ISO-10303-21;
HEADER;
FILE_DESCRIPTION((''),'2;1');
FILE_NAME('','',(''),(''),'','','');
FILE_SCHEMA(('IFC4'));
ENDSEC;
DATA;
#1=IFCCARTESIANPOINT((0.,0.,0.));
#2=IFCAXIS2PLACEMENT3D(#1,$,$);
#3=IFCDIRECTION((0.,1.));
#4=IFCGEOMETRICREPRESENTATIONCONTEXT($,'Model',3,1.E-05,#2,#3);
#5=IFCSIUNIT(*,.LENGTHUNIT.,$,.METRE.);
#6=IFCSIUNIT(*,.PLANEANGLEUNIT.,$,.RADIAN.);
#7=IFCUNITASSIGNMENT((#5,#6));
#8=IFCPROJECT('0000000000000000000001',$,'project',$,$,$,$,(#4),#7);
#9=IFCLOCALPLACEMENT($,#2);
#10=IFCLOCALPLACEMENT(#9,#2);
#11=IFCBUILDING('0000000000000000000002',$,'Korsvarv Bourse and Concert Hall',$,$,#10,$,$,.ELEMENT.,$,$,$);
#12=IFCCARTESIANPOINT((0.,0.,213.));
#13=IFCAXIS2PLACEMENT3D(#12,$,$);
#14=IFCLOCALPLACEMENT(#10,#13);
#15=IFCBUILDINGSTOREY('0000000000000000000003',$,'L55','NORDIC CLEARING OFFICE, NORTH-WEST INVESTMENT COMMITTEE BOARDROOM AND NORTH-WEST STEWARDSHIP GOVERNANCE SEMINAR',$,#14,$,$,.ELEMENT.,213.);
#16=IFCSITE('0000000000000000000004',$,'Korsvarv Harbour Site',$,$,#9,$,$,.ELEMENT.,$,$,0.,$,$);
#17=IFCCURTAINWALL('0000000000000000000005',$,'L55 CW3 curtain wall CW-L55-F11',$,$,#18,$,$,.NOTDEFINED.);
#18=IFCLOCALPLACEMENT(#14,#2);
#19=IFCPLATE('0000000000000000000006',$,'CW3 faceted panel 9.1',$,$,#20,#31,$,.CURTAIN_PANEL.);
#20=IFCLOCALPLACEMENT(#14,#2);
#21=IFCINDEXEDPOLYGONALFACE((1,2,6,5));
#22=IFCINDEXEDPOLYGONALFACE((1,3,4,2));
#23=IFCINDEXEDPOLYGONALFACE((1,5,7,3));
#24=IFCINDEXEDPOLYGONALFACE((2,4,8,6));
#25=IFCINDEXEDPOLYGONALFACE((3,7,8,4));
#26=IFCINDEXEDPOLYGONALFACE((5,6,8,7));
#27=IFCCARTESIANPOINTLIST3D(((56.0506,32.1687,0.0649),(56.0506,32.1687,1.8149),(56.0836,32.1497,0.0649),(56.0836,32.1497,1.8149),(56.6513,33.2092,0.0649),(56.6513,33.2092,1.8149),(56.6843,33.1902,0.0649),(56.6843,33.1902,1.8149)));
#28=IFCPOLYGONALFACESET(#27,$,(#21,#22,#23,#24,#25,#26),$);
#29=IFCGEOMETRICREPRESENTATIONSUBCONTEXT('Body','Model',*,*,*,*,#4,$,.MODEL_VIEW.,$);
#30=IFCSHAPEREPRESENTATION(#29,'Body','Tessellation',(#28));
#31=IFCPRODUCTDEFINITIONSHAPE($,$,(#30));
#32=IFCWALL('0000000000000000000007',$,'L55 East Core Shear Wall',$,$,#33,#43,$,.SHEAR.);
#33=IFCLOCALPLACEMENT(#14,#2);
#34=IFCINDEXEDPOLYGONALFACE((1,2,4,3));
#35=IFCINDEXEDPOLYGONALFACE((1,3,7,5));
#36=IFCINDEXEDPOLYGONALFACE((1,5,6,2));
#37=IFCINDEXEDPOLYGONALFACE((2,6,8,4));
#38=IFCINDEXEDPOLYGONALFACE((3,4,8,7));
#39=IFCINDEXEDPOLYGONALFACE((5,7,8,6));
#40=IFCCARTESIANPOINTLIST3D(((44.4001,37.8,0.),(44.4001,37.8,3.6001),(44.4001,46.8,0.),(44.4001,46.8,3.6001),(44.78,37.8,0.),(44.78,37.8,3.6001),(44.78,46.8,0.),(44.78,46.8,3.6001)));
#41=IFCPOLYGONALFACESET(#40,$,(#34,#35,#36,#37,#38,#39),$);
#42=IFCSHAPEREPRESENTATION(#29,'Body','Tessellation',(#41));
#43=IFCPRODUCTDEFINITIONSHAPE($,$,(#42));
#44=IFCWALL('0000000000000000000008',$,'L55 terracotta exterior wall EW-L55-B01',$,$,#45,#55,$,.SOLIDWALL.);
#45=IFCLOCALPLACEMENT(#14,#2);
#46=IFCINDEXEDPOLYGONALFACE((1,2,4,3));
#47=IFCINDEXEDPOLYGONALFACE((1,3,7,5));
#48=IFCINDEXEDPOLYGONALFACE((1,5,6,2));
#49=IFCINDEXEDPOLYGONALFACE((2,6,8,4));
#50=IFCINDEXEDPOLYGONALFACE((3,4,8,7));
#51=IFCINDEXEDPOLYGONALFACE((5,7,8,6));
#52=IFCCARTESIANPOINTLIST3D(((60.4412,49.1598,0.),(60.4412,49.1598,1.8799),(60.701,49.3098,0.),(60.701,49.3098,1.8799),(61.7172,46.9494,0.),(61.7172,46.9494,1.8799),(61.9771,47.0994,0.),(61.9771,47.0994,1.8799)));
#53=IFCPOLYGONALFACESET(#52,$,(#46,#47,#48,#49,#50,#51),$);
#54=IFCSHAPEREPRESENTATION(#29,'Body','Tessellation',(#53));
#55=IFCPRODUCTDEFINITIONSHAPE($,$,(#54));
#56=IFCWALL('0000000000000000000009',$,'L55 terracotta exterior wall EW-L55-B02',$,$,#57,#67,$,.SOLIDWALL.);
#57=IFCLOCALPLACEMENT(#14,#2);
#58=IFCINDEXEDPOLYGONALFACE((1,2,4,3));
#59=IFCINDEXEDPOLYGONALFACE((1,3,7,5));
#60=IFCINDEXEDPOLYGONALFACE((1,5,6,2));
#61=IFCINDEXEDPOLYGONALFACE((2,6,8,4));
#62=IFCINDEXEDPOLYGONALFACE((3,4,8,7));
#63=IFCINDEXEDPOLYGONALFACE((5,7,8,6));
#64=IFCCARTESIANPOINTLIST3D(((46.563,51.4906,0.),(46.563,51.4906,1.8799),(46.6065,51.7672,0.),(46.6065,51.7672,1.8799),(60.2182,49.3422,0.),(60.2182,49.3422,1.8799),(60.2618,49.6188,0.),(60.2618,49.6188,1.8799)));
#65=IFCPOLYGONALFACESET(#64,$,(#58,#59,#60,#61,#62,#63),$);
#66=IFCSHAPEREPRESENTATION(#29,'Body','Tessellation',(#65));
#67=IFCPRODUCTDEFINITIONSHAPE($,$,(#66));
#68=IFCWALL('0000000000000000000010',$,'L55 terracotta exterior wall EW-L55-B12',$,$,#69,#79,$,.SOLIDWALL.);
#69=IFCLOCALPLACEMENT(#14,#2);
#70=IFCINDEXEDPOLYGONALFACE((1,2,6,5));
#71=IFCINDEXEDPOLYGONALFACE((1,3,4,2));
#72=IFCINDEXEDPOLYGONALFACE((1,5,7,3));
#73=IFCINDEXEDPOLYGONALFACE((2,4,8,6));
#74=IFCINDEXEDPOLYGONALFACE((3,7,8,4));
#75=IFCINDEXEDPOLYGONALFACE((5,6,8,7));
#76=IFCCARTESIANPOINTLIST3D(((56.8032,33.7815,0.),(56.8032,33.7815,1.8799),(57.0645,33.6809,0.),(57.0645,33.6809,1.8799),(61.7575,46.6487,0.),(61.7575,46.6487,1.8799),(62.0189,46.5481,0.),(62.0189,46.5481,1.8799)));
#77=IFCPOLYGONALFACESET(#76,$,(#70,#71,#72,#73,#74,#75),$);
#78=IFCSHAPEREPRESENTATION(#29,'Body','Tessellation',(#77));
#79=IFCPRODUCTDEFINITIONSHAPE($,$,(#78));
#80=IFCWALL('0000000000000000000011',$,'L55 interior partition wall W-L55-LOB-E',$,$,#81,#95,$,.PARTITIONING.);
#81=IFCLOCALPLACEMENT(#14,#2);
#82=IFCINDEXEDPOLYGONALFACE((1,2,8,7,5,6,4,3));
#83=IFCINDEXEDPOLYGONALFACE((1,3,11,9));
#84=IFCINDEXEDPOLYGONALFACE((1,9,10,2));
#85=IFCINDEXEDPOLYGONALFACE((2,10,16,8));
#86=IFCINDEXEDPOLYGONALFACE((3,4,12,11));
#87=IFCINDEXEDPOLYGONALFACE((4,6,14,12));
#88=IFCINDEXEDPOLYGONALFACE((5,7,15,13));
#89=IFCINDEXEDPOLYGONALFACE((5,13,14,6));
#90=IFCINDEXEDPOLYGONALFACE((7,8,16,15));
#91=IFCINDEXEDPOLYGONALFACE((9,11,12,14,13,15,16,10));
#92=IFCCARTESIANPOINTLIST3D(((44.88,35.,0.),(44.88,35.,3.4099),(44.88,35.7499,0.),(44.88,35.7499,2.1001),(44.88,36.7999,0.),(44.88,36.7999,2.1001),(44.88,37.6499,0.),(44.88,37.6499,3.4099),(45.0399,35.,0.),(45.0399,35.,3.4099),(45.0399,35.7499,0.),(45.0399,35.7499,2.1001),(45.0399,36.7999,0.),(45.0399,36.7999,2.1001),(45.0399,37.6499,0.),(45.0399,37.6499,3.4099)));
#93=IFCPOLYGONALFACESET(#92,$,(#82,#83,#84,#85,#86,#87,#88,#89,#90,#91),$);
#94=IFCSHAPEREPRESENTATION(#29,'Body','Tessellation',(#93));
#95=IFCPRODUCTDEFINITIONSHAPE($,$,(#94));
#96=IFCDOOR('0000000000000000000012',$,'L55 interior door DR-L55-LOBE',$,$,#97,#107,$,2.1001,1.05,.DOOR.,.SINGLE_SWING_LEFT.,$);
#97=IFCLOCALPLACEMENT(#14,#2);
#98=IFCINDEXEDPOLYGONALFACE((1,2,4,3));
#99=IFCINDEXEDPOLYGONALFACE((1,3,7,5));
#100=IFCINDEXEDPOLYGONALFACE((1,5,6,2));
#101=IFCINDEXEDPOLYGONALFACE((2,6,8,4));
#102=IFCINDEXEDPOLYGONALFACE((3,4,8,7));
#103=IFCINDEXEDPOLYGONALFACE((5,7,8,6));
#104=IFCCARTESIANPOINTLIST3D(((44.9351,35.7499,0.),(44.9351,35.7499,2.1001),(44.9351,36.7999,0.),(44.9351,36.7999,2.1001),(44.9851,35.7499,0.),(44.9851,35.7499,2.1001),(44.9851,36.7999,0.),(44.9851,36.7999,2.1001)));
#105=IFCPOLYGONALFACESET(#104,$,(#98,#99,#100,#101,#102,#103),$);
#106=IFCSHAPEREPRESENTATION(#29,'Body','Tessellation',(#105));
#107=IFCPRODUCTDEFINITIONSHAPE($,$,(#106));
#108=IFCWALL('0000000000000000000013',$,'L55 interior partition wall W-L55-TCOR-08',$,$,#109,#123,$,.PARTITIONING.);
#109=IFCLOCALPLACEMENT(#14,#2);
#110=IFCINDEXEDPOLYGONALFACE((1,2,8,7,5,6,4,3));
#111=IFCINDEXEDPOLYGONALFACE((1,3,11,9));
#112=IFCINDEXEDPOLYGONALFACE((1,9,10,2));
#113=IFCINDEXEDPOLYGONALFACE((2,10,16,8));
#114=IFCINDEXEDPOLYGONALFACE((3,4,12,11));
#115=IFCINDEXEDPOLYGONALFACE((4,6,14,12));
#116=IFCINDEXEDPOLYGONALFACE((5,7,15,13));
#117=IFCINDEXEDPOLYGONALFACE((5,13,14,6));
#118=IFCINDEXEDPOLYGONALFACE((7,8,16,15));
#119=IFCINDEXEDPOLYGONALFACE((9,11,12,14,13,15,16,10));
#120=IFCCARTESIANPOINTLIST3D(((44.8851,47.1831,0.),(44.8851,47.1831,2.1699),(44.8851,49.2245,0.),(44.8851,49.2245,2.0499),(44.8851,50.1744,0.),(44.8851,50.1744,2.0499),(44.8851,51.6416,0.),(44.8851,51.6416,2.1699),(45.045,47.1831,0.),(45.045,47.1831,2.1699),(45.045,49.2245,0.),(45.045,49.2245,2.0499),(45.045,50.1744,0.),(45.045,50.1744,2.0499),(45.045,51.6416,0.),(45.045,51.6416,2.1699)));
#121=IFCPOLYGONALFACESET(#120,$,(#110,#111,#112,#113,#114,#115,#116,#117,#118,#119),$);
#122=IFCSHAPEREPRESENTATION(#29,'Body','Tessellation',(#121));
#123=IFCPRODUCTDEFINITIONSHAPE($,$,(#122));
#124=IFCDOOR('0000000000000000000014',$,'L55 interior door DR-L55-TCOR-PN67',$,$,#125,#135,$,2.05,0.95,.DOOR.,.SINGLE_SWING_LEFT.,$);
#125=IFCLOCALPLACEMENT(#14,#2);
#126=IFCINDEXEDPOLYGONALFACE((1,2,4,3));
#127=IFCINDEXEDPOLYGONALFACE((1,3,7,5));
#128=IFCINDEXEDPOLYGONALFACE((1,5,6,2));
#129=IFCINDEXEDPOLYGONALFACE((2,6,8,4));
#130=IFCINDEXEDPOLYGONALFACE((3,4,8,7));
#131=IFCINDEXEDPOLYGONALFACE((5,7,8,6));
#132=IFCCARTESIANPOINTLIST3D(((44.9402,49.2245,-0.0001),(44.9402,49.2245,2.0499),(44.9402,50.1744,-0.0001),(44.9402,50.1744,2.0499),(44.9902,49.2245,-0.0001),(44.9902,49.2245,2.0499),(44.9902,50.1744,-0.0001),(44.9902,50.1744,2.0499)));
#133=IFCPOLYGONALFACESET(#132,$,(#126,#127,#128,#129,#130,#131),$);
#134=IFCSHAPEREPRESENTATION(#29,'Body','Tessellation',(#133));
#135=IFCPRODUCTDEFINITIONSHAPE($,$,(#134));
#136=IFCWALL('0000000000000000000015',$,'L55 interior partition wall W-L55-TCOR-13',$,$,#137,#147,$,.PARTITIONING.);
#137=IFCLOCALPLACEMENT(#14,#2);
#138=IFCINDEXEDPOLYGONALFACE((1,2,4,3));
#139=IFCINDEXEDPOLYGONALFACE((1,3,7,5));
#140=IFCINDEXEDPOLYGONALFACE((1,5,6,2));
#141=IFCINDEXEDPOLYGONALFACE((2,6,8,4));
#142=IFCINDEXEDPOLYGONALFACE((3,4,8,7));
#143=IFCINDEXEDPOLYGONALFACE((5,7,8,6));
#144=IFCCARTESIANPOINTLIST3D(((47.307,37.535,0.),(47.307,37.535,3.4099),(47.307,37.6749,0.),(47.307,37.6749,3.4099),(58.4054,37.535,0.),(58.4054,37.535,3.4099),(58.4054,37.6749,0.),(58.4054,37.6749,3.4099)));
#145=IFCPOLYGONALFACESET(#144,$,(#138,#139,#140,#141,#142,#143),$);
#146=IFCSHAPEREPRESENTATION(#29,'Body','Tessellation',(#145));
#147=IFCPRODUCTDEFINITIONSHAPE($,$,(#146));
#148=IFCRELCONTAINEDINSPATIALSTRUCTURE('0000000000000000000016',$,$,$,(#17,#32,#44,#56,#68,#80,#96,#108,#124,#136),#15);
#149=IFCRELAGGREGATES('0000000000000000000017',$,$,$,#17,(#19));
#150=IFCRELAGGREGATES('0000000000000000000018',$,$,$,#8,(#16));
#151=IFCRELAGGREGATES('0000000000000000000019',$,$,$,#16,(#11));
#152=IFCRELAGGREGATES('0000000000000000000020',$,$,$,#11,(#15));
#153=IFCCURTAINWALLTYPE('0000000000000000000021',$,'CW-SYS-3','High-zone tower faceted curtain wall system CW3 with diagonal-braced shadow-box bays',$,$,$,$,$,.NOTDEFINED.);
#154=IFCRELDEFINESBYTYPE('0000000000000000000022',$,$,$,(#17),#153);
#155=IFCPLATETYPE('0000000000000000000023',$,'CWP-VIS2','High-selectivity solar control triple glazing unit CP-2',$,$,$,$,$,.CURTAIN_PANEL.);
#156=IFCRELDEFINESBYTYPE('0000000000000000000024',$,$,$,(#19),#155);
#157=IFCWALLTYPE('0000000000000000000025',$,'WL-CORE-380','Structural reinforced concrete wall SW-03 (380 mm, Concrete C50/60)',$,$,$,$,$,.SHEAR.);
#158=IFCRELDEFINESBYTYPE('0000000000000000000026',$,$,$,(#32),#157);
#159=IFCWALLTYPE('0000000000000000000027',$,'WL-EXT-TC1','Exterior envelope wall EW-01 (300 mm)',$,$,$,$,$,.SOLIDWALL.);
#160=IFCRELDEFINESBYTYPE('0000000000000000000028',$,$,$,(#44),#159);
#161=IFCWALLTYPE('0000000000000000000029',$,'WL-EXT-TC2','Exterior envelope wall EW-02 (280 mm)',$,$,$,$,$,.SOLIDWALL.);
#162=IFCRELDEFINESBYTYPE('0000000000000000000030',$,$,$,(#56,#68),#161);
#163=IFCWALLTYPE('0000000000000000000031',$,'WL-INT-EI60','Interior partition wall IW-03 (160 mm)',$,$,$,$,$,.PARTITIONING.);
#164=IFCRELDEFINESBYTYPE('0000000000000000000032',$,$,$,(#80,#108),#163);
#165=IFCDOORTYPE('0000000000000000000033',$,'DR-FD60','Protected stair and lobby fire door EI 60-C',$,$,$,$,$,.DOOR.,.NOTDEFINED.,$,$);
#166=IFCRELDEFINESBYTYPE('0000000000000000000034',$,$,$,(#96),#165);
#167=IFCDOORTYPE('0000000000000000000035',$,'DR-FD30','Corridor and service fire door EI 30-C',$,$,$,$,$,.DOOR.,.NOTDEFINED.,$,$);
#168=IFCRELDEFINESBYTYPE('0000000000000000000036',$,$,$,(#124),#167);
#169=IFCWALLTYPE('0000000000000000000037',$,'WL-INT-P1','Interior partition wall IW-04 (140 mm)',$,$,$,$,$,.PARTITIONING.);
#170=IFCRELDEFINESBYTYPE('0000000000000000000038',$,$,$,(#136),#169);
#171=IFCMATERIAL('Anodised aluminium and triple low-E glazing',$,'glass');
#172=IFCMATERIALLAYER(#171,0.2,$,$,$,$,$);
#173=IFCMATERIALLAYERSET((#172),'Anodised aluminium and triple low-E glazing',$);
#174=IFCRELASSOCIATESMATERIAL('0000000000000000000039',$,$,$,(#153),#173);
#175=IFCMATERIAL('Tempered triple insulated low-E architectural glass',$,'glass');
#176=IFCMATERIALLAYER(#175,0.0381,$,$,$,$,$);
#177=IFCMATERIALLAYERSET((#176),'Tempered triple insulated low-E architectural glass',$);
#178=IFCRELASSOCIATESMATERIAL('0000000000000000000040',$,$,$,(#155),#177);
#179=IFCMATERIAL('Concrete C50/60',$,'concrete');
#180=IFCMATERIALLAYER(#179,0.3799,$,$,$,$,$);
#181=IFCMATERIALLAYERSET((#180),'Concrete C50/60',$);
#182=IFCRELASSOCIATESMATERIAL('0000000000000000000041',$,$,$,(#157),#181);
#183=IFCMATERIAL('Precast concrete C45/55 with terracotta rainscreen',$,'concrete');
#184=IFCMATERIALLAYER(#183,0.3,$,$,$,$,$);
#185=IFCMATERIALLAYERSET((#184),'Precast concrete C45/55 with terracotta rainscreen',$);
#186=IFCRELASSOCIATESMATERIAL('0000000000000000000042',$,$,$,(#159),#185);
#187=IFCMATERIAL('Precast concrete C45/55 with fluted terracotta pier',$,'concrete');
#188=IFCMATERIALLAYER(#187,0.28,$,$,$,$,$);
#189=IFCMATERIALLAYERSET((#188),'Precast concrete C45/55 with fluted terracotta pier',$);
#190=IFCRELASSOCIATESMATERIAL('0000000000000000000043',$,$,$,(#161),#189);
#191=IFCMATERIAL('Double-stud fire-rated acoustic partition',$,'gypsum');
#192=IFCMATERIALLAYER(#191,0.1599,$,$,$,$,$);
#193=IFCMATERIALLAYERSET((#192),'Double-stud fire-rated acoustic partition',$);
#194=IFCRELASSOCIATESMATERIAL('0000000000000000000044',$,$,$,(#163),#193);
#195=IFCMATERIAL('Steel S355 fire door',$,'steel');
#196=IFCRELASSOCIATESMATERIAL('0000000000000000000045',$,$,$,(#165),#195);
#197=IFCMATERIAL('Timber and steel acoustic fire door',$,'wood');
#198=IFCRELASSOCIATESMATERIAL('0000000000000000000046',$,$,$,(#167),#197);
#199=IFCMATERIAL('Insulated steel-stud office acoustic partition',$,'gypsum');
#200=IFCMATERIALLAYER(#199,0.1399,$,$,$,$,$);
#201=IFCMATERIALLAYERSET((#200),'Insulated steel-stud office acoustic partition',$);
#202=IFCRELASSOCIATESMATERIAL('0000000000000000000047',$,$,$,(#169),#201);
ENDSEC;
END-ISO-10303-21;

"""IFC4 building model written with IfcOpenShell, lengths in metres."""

from ifc_helpers import new_model, si_unit, direction, frame, frame_2d, origin, origin_2d, place, context, subcontext, project, spatial, rectangle, extrude, source, transform, mapped, material, layer, layer_set, type_object, element, fill, aggregate, save


model = new_model("IFC4")

# Units and contexts
model_context = context("Model", 3, precision=1e-05, world=origin(), true_north=direction((0.0, 1.0)))
body_context = subcontext(model_context, "Body", "Model", "MODEL_VIEW")
ifc_project = project(units=[si_unit("LENGTHUNIT", "METRE"), si_unit("PLANEANGLEUNIT", "RADIAN")], contexts=[model_context])

# Site, building, storey
site_placement = place(None, origin())
site = spatial("IfcSite", under=ifc_project, at=site_placement, Name="Korsvarv Harbour Site", CompositionType="ELEMENT", RefElevation=0.0)
building_placement = place(site_placement, origin())
building = spatial("IfcBuilding", under=site, at=building_placement, Name="Korsvarv Bourse and Concert Hall", CompositionType="ELEMENT")
storey_placement = place(building_placement, frame((0.0, 0.0, 213.0)))
storey = spatial("IfcBuildingStorey", under=building, at=storey_placement, Name="L55", Description="NORDIC CLEARING OFFICE, NORTH-WEST INVESTMENT COMMITTEE BOARDROOM AND NORTH-WEST STEWARDSHIP GOVERNANCE SEMINAR", CompositionType="ELEMENT", Elevation=213.0)

# Shared definitions
ifc_material_1 = material(Name="Concrete C50/60", Category="concrete")

# Shared definitions
ifc_material_2 = material(Name="Anodised aluminium and triple low-E glazing", Category="glass")
ifc_layer_1 = layer(ifc_material_2, 0.2)
ifc_layer_set_1 = layer_set([ifc_layer_1], Name="Anodised aluminium and triple low-E glazing")
curtain_wall_type = type_object("IfcCurtainWallType", Name="CW-SYS-3", Description="High-zone tower faceted curtain wall system CW3 with diagonal-braced shadow-box bays", PredefinedType="NOTDEFINED", material=ifc_layer_set_1)

# Curtain wall
curtain_wall_1_placement = place(storey_placement, origin())
curtain_wall_1 = element("IfcCurtainWall", 1, at=curtain_wall_1_placement, inside=storey, type_object=curtain_wall_type, Name="L55 CW3 curtain wall CW-L55-F11", PredefinedType="NOTDEFINED")

# Plate
ifc_material_3 = material(Name="Tempered triple insulated low-E architectural glass", Category="glass")
ifc_layer_2 = layer(ifc_material_3, 0.0381)
ifc_layer_set_2 = layer_set([ifc_layer_2], Name="Tempered triple insulated low-E architectural glass")
plate_type = type_object("IfcPlateType", Name="CWP-VIS2", Description="High-selectivity solar control triple glazing unit CP-2", PredefinedType="CURTAIN_PANEL", material=ifc_layer_set_2)
shared_shape_1 = source(origin(), body_context, "Body", "SweptSolid", [
    extrude(rectangle(XDim=1.2014, YDim=0.0381, at=origin_2d()), origin(), (0.0, 0.0, 1.0), 1.75),
])
plate_1_placement = place(storey_placement, frame((56.3674, 32.6794, 0.0649), z_axis=(0.0, 0.0, 1.0), x_axis=(0.499997, 0.866027, 0.0)))
plate_1 = element("IfcPlate", 2, at=plate_1_placement, type_object=plate_type, Name="CW3 faceted panel 9.1", PredefinedType="CURTAIN_PANEL", context=body_context, shape_type="MappedRepresentation", body=[
    mapped(shared_shape_1, transform((0.0, 0.0, 0.0), scale=1.0)),
])
aggregate(curtain_wall_1, [plate_1])

# Walls
ifc_layer_3 = layer(ifc_material_1, 0.3799)
ifc_layer_set_3 = layer_set([ifc_layer_3], Name="Concrete C50/60")
wall_type_1 = type_object("IfcWallType", Name="WL-CORE-380", Description="Structural reinforced concrete wall SW-03 (380 mm, Concrete C50/60)", PredefinedType="SHEAR", material=ifc_layer_set_3)
wall_1_placement = place(storey_placement, frame((44.5901, 37.8, 0.0), z_axis=(0.0, 0.0, 1.0), x_axis=(0.0, 1.0, 0.0)))
element("IfcWall", 3, at=wall_1_placement, inside=storey, type_object=wall_type_1, Name="L55 East Core Shear Wall", PredefinedType="SHEAR", context=body_context, shape_type="SweptSolid", body=[
    extrude(rectangle(XDim=9.0, YDim=0.3799, at=frame_2d((4.5, 0.0))), origin(), (0.0, 0.0, 1.0), 3.6001),
])
ifc_material_4 = material(Name="Precast concrete C45/55 with terracotta rainscreen", Category="concrete")
ifc_layer_4 = layer(ifc_material_4, 0.3)
ifc_layer_set_4 = layer_set([ifc_layer_4], Name="Precast concrete C45/55 with terracotta rainscreen")
wall_type_2 = type_object("IfcWallType", Name="WL-EXT-TC1", Description="Exterior envelope wall EW-01 (300 mm)", PredefinedType="SOLIDWALL", material=ifc_layer_set_4)
wall_2_placement = place(storey_placement, frame((61.8472, 47.0244, 0.0), z_axis=(0.0, 0.0, 1.0), x_axis=(-0.499976, 0.866039, 0.0)))
element("IfcWall", 4, at=wall_2_placement, inside=storey, type_object=wall_type_2, Name="L55 terracotta exterior wall EW-L55-B01", PredefinedType="SOLIDWALL", context=body_context, shape_type="SweptSolid", body=[
    extrude(rectangle(XDim=2.5522, YDim=0.3, at=frame_2d((1.2761, 0.0))), origin(), (0.0, 0.0, 1.0), 1.8799),
])
ifc_material_5 = material(Name="Precast concrete C45/55 with fluted terracotta pier", Category="concrete")
ifc_layer_5 = layer(ifc_material_5, 0.28)
ifc_layer_set_5 = layer_set([ifc_layer_5], Name="Precast concrete C45/55 with fluted terracotta pier")
wall_type_3 = type_object("IfcWallType", Name="WL-EXT-TC2", Description="Exterior envelope wall EW-02 (280 mm)", PredefinedType="SOLIDWALL", material=ifc_layer_set_5)
wall_3_placement = place(storey_placement, frame((60.24, 49.4805, 0.0), z_axis=(0.0, 0.0, 1.0), x_axis=(-0.987848, 0.155422, 0.0)))
element("IfcWall", 5, at=wall_3_placement, inside=storey, type_object=wall_type_3, Name="L55 terracotta exterior wall EW-L55-B02", PredefinedType="SOLIDWALL", context=body_context, shape_type="SweptSolid", body=[
    extrude(rectangle(XDim=13.8232, YDim=0.28, at=frame_2d((6.9116, 0.0))), origin(), (0.0, 0.0, 1.0), 1.8799),
])
wall_4_placement = place(storey_placement, frame((56.9338, 33.7312, 0.0), z_axis=(0.0, 0.0, 1.0), x_axis=(0.359322, 0.933214, 0.0)))
element("IfcWall", 6, at=wall_4_placement, inside=storey, type_object=wall_type_3, Name="L55 terracotta exterior wall EW-L55-B12", PredefinedType="SOLIDWALL", context=body_context, shape_type="SweptSolid", body=[
    extrude(rectangle(XDim=13.7881, YDim=0.28, at=frame_2d((6.894, 0.0))), origin(), (0.0, 0.0, 1.0), 1.8799),
])

# Walls, openings, doors
ifc_material_6 = material(Name="Double-stud fire-rated acoustic partition", Category="gypsum")
ifc_layer_6 = layer(ifc_material_6, 0.1599)
ifc_layer_set_6 = layer_set([ifc_layer_6], Name="Double-stud fire-rated acoustic partition")
wall_type_4 = type_object("IfcWallType", Name="WL-INT-EI60", Description="Interior partition wall IW-03 (160 mm)", PredefinedType="PARTITIONING", material=ifc_layer_set_6)
wall_5_placement = place(storey_placement, frame((44.96, 35.0, 0.0), z_axis=(0.0, 0.0, 1.0), x_axis=(0.0, 1.0, 0.0)))
wall_5 = element("IfcWall", 7, at=wall_5_placement, inside=storey, type_object=wall_type_4, Name="L55 interior partition wall W-L55-LOB-E", PredefinedType="PARTITIONING", context=body_context, shape_type="SweptSolid", body=[
    extrude(rectangle(XDim=2.6499, YDim=0.1599, at=frame_2d((1.325, 0.0))), origin(), (0.0, 0.0, 1.0), 3.4099),
])
opening_1_placement = place(wall_5_placement, frame((0.75, 0.0, 0.0)))
opening_1 = element("IfcOpeningElement", 8, at=opening_1_placement, cuts=wall_5, PredefinedType="OPENING", context=body_context, shape_type="SweptSolid", body=[
    extrude(rectangle(XDim=1.05, YDim=2.1001, at=frame_2d((0.5249, 1.05))), frame((0.0, 0.0898, 0.0), z_axis=(0.0, -1.0, 0.0), x_axis=(1.0, 0.0, 0.0)), (0.0, 0.0, 1.0), 0.1799),
])
ifc_material_7 = material(Name="Steel S355 fire door", Category="steel")
door_type_1 = type_object("IfcDoorType", Name="DR-FD60", Description="Protected stair and lobby fire door EI 60-C", OperationType="NOTDEFINED", PredefinedType="DOOR", material=ifc_material_7)
door_1_placement = place(opening_1_placement, origin())
door_1 = element("IfcDoor", 9, at=door_1_placement, inside=storey, type_object=door_type_1, Name="L55 interior door DR-L55-LOBE", OperationType="SINGLE_SWING_LEFT", OverallHeight=2.1001, OverallWidth=1.05, PredefinedType="DOOR", context=body_context, shape_type="SweptSolid", body=[
    extrude(rectangle(XDim=1.05, YDim=2.1001, at=frame_2d((0.5249, 1.05))), frame((0.0, 0.0249, 0.0), z_axis=(0.0, -1.0, 0.0), x_axis=(1.0, 0.0, 0.0)), (0.0, 0.0, 1.0), 0.05),
])
fill(opening_1, door_1)
wall_6_placement = place(storey_placement, frame((44.9651, 47.1831, 0.0), z_axis=(0.0, 0.0, 1.0), x_axis=(0.0, 1.0, 0.0)))
wall_6 = element("IfcWall", 10, at=wall_6_placement, inside=storey, type_object=wall_type_4, Name="L55 interior partition wall W-L55-TCOR-08", PredefinedType="PARTITIONING", context=body_context, shape_type="SweptSolid", body=[
    extrude(rectangle(XDim=4.4585, YDim=0.1599, at=frame_2d((2.2292, 0.0))), origin(), (0.0, 0.0, 1.0), 2.1699),
])
opening_2_placement = place(wall_6_placement, frame((2.0413, 0.0, 0.0)))
opening_2 = element("IfcOpeningElement", 11, at=opening_2_placement, cuts=wall_6, PredefinedType="OPENING", context=body_context, shape_type="SweptSolid", body=[
    extrude(rectangle(XDim=0.95, YDim=2.05, at=frame_2d((0.4751, 1.0249))), frame((0.0, 0.0898, 0.0), z_axis=(0.0, -1.0, 0.0), x_axis=(1.0, 0.0, 0.0)), (0.0, 0.0, 1.0), 0.1799),
])
ifc_material_8 = material(Name="Timber and steel acoustic fire door", Category="wood")
door_type_2 = type_object("IfcDoorType", Name="DR-FD30", Description="Corridor and service fire door EI 30-C", OperationType="NOTDEFINED", PredefinedType="DOOR", material=ifc_material_8)
door_2_placement = place(opening_2_placement, origin())
door_2 = element("IfcDoor", 12, at=door_2_placement, inside=storey, type_object=door_type_2, Name="L55 interior door DR-L55-TCOR-PN67", OperationType="SINGLE_SWING_LEFT", OverallHeight=2.05, OverallWidth=0.95, PredefinedType="DOOR", context=body_context, shape_type="SweptSolid", body=[
    extrude(rectangle(XDim=0.95, YDim=2.05, at=frame_2d((0.4751, 1.0249))), frame((0.0, 0.0249, 0.0), z_axis=(0.0, -1.0, 0.0), x_axis=(1.0, 0.0, 0.0)), (0.0, 0.0, 1.0), 0.05),
])
fill(opening_2, door_2)

# Wall
ifc_material_9 = material(Name="Insulated steel-stud office acoustic partition", Category="gypsum")
ifc_layer_7 = layer(ifc_material_9, 0.1399)
ifc_layer_set_7 = layer_set([ifc_layer_7], Name="Insulated steel-stud office acoustic partition")
wall_type_5 = type_object("IfcWallType", Name="WL-INT-P1", Description="Interior partition wall IW-04 (140 mm)", PredefinedType="PARTITIONING", material=ifc_layer_set_7)
wall_7_placement = place(storey_placement, frame((47.3069, 37.605, 0.0), z_axis=(0.0, 0.0, 1.0), x_axis=(1.0, 0.0, 0.0)))
element("IfcWall", 13, at=wall_7_placement, inside=storey, type_object=wall_type_5, Name="L55 interior partition wall W-L55-TCOR-13", PredefinedType="PARTITIONING", context=body_context, shape_type="SweptSolid", body=[
    extrude(rectangle(XDim=11.0984, YDim=0.1399, at=frame_2d((5.5493, 0.0))), origin(), (0.0, 0.0, 1.0), 3.4099),
])

save(model, "model.ifc")
